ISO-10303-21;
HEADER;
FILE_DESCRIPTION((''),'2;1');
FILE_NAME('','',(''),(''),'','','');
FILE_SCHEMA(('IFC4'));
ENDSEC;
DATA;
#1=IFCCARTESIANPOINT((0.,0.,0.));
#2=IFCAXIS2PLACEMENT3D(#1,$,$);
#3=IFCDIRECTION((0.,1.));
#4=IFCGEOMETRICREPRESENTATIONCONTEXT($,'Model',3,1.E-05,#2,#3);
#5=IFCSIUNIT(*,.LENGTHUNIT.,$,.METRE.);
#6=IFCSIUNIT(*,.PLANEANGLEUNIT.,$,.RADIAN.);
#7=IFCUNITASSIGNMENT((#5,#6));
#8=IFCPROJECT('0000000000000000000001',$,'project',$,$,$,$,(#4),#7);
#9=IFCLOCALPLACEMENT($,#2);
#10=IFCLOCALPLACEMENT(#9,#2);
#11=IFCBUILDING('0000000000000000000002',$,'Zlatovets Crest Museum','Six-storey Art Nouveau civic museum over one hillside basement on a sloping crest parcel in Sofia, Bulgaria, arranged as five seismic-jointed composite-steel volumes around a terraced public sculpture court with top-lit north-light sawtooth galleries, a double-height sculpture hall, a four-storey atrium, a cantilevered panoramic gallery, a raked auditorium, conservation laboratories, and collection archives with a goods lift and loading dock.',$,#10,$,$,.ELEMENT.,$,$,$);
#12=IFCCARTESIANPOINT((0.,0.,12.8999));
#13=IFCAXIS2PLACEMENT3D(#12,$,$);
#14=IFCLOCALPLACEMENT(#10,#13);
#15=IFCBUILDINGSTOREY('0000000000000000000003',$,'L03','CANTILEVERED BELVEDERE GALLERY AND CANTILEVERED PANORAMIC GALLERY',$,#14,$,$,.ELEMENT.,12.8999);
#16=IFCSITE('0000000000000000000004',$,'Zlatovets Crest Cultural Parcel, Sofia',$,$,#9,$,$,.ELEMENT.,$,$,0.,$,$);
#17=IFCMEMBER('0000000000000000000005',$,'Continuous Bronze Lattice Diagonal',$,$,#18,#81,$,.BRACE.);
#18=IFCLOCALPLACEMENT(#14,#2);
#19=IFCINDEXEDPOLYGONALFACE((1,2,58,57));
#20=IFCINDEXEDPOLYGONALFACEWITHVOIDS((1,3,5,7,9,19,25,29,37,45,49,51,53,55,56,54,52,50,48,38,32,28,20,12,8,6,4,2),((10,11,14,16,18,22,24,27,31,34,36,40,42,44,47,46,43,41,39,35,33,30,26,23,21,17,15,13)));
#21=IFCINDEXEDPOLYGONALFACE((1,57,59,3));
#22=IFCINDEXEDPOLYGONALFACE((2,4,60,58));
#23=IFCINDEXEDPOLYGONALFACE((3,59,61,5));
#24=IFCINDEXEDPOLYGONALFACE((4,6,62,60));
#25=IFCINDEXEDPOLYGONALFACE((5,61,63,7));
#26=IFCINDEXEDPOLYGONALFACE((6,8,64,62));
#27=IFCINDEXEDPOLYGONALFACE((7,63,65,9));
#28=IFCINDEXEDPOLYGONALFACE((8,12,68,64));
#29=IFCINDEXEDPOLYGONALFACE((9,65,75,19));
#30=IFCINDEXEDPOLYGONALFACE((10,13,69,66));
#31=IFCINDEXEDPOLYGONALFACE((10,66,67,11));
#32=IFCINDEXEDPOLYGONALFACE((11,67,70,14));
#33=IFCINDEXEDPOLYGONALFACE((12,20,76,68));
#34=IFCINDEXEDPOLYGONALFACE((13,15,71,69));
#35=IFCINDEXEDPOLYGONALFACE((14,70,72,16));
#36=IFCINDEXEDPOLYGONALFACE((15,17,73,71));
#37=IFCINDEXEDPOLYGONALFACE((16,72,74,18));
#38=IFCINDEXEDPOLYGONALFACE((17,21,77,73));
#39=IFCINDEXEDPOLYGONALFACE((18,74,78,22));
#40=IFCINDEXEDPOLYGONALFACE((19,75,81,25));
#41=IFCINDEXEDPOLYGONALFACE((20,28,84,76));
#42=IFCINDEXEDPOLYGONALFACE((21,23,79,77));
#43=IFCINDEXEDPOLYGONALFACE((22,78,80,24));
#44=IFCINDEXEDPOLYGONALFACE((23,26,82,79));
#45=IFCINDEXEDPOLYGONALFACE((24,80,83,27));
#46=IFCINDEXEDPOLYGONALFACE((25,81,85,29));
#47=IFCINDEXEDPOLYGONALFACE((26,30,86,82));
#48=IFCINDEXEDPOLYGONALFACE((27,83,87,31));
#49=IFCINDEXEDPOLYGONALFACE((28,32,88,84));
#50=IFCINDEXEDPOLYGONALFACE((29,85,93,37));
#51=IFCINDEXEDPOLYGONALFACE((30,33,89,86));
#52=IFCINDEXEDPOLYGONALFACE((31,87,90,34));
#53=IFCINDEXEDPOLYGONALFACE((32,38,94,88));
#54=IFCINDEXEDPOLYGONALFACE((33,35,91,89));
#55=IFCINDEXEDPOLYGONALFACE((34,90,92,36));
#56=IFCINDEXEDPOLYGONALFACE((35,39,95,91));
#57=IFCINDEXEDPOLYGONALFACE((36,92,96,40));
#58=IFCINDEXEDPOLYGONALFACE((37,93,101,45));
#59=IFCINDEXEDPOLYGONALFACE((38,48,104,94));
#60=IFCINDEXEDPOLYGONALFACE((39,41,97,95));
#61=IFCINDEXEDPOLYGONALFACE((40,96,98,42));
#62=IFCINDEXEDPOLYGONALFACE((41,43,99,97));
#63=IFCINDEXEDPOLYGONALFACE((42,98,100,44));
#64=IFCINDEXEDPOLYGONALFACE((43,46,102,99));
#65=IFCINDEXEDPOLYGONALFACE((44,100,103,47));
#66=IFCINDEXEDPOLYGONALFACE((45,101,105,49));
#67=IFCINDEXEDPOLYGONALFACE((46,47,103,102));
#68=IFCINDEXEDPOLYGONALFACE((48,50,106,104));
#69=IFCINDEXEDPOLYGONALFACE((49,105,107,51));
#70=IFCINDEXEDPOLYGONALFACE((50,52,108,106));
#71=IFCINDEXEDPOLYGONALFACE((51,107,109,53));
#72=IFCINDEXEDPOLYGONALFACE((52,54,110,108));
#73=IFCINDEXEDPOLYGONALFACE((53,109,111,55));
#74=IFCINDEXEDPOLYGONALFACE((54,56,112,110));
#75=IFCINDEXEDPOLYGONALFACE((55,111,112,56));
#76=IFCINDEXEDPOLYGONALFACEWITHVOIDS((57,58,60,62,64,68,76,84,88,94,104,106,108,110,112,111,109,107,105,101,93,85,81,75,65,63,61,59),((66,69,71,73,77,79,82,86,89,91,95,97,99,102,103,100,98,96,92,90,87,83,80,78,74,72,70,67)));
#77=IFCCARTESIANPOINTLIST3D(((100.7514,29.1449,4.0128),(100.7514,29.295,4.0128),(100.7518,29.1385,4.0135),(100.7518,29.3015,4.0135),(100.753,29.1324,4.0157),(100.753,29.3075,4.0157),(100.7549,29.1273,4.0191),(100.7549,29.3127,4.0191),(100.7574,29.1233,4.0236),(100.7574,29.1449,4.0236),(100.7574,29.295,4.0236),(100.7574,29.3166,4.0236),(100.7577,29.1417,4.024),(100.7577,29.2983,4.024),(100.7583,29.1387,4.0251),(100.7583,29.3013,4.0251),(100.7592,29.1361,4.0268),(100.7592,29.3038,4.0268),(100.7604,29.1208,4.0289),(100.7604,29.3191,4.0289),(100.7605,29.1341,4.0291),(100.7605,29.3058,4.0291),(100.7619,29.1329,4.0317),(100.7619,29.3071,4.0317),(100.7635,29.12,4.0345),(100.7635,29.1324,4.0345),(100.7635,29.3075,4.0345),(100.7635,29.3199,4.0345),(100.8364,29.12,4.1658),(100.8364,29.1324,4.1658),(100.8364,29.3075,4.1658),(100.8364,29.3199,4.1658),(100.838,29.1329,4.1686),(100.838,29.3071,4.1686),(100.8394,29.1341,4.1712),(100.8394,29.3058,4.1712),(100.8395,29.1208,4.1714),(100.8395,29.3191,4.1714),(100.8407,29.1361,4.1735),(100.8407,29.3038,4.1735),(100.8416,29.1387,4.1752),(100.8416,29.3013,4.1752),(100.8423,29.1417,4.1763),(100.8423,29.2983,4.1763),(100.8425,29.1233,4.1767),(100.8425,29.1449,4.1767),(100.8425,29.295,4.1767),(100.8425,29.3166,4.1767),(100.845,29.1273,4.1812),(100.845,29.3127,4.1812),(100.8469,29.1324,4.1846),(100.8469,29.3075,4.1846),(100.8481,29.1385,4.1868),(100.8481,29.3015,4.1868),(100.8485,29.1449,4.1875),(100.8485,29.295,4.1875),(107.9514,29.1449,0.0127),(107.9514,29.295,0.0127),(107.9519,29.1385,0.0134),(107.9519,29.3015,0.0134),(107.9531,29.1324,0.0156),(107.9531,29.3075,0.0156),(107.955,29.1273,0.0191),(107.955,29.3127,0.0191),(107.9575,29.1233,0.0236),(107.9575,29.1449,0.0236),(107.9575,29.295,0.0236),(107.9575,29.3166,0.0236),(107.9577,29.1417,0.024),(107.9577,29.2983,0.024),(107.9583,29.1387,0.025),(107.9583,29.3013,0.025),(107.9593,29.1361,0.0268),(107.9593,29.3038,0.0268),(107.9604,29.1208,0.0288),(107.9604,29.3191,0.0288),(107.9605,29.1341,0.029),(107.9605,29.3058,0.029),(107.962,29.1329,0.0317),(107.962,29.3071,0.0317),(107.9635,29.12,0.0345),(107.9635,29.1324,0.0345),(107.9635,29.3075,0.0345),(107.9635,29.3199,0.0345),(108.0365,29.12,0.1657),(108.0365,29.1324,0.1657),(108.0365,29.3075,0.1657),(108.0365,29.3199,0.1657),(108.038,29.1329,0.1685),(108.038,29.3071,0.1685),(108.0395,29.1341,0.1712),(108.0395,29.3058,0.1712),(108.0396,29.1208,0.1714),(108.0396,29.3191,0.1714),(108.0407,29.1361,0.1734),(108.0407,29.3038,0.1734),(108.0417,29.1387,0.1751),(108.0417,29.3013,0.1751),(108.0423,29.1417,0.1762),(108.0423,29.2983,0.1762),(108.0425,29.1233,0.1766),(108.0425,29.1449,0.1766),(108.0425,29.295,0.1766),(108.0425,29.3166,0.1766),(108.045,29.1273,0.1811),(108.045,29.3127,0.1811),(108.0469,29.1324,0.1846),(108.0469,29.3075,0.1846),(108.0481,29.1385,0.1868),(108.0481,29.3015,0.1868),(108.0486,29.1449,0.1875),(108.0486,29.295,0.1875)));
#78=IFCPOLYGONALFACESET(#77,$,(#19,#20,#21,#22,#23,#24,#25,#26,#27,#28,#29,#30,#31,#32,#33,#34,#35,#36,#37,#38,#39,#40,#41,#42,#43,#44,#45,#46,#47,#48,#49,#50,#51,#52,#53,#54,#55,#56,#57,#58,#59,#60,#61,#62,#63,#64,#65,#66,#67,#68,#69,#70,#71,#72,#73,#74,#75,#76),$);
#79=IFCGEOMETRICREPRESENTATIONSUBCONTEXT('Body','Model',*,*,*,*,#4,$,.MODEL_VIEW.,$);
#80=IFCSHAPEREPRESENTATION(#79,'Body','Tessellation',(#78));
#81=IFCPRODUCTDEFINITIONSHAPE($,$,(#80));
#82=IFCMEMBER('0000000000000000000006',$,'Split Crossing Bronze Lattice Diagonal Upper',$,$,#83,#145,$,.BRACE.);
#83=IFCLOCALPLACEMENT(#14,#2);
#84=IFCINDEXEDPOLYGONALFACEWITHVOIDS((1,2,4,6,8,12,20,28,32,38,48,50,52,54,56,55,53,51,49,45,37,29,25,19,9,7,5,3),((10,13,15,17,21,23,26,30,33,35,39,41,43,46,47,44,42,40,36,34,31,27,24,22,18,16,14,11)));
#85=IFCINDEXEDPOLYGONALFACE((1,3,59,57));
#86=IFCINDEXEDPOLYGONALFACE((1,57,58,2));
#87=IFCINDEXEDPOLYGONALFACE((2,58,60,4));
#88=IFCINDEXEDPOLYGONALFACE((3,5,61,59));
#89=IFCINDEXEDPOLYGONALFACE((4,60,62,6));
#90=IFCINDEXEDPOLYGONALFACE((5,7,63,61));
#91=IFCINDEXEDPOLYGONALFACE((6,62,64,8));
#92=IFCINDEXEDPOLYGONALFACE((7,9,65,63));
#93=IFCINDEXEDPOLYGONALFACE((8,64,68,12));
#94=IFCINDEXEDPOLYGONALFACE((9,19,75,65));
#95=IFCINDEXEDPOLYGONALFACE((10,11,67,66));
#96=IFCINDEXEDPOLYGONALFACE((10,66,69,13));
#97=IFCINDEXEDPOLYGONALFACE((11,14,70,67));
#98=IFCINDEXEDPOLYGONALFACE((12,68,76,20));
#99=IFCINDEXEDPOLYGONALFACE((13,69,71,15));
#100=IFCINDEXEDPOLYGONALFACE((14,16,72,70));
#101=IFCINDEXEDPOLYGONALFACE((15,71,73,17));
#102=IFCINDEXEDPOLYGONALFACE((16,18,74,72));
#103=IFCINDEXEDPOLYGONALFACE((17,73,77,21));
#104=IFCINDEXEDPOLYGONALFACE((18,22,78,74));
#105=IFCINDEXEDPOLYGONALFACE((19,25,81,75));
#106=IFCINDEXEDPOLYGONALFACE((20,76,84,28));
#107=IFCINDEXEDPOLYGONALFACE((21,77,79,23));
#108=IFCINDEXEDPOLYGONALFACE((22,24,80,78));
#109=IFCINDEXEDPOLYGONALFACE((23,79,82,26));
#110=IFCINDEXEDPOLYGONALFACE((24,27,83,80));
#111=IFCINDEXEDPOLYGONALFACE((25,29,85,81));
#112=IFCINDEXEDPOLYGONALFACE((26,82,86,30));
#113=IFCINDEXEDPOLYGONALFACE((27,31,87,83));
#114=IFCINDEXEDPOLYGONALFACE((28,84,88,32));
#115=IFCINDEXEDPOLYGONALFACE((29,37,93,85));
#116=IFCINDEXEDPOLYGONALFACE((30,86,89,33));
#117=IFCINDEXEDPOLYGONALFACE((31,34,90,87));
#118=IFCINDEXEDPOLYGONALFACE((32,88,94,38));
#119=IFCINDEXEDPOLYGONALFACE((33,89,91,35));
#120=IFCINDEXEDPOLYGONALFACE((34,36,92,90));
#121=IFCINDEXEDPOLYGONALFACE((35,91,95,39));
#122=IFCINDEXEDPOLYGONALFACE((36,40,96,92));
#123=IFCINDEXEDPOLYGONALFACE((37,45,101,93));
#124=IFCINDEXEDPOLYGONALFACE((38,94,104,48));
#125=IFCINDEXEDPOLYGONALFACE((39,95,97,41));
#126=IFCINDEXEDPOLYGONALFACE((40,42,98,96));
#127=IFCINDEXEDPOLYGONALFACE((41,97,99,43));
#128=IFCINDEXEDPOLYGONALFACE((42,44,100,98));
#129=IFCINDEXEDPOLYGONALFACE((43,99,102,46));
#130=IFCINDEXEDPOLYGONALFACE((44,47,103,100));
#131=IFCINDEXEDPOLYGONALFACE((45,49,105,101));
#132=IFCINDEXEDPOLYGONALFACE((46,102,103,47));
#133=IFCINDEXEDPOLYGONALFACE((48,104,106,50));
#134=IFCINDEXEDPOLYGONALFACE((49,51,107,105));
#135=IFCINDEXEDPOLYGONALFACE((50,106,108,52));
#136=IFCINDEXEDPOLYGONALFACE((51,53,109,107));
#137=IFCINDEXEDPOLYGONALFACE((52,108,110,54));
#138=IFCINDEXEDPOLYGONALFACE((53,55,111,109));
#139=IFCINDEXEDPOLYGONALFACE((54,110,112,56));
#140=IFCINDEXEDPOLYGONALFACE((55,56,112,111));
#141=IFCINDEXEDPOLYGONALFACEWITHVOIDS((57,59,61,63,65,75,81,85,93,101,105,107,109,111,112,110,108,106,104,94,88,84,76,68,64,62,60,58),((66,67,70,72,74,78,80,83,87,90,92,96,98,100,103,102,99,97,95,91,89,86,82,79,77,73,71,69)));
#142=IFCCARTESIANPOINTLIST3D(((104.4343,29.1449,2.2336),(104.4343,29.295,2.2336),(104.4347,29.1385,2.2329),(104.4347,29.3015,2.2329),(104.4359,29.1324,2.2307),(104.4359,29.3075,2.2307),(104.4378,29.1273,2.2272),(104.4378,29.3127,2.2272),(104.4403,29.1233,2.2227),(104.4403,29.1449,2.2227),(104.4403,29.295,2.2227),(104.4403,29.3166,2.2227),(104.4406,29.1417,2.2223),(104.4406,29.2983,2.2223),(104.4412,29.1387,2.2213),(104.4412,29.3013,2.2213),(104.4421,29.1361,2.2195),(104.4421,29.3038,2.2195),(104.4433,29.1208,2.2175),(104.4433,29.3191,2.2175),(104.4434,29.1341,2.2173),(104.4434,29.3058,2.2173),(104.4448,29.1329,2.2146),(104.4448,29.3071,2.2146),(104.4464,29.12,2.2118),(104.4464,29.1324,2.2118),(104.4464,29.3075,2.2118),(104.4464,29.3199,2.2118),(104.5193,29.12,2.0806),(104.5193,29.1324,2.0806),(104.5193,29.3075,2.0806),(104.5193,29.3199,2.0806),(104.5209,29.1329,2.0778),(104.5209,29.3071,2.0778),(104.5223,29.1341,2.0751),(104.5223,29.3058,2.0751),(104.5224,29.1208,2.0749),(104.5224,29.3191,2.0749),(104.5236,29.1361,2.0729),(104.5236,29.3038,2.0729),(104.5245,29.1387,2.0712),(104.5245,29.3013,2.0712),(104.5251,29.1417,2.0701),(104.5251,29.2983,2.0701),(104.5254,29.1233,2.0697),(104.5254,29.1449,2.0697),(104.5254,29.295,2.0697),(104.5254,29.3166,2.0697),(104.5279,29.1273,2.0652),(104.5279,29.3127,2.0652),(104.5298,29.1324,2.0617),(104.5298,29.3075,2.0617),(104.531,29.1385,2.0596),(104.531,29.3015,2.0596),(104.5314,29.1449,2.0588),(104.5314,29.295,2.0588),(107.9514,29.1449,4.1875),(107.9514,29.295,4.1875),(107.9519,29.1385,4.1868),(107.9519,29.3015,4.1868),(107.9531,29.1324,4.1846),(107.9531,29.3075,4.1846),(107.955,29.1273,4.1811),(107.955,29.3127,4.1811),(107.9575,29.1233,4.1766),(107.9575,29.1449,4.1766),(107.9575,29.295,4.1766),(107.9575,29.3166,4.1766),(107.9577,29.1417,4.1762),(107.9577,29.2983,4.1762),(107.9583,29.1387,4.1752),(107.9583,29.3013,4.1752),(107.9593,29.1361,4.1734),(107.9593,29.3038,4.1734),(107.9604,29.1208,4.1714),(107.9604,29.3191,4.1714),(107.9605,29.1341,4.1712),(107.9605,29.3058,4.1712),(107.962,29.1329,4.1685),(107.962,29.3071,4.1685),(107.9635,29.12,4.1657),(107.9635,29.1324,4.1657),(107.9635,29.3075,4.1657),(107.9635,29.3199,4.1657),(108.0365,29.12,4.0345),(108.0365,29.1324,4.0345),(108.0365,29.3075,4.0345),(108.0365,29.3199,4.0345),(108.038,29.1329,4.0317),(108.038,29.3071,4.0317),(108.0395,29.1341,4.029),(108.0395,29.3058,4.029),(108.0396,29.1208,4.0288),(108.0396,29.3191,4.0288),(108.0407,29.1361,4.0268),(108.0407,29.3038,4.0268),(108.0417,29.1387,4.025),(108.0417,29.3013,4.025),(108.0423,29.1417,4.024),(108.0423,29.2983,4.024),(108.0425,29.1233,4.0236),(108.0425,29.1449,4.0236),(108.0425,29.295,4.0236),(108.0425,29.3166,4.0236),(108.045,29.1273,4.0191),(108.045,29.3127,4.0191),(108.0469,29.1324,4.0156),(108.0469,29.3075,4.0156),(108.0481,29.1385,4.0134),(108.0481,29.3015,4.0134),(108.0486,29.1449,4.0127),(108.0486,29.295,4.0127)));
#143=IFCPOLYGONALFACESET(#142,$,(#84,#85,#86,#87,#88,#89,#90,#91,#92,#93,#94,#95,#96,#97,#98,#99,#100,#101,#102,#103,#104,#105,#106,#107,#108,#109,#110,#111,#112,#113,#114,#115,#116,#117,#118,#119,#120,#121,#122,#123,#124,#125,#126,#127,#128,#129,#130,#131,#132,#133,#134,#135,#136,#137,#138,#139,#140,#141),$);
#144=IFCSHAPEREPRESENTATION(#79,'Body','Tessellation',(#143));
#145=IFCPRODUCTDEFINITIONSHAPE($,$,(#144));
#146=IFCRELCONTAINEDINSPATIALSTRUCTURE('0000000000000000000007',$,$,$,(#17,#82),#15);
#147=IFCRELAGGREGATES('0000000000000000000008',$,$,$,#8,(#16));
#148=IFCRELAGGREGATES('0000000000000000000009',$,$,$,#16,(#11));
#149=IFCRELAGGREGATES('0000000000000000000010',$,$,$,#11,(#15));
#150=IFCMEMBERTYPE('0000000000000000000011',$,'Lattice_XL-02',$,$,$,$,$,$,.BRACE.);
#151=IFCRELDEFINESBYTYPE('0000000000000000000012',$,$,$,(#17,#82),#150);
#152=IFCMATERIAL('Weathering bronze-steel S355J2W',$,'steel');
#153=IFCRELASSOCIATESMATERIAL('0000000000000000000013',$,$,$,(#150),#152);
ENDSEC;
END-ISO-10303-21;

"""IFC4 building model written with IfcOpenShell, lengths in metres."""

from ifc_helpers import new_model, si_unit, direction, frame, origin, origin_2d, place, context, subcontext, project, spatial, hollow_rectangle, extrude, material, material_profile, profile_set, type_object, element, save


model = new_model("IFC4")

# Units and contexts
model_context = context("Model", 3, precision=1e-05, world=origin(), true_north=direction((0.0, 1.0)))
body_context = subcontext(model_context, "Body", "Model", "MODEL_VIEW")
ifc_project = project(units=[si_unit("LENGTHUNIT", "METRE"), si_unit("PLANEANGLEUNIT", "RADIAN")], contexts=[model_context])

# Site, building, storey
site_placement = place(None, origin())
site = spatial("IfcSite", under=ifc_project, at=site_placement, Name="Zlatovets Crest Cultural Parcel, Sofia", CompositionType="ELEMENT", RefElevation=0.0)
building_placement = place(site_placement, origin())
building = spatial("IfcBuilding", under=site, at=building_placement, Name="Zlatovets Crest Museum", Description="Six-storey Art Nouveau civic museum over one hillside basement on a sloping crest parcel in Sofia, Bulgaria, arranged as five seismic-jointed composite-steel volumes around a terraced public sculpture court with top-lit north-light sawtooth galleries, a double-height sculpture hall, a four-storey atrium, a cantilevered panoramic gallery, a raked auditorium, conservation laboratories, and collection archives with a goods lift and loading dock.", CompositionType="ELEMENT")
storey_placement = place(building_placement, frame((0.0, 0.0, 12.8999)))
storey = spatial("IfcBuildingStorey", under=building, at=storey_placement, Name="L03", Description="CANTILEVERED BELVEDERE GALLERY AND CANTILEVERED PANORAMIC GALLERY", CompositionType="ELEMENT", Elevation=12.8999)

# Members
ifc_material_1 = material(Name="Weathering bronze-steel S355J2W", Category="steel")
ifc_material_profile_1 = material_profile(ifc_material_1, hollow_rectangle(XDim=0.2, YDim=0.2, WallThickness=0.0125, InnerFilletRadius=0.0125, OuterFilletRadius=0.0249, at=origin_2d()), Name="SHS 200x200x12.5")
ifc_profile_set_1 = profile_set([ifc_material_profile_1], Name="Weathering bronze-steel S355J2W")
member_type_1 = type_object("IfcMemberType", Name="Lattice_XL-02", PredefinedType="BRACE", material=ifc_profile_set_1)
member_1_placement = place(storey_placement, frame((108.0, 29.22, 0.1001), z_axis=(-0.874156, 0.0, 0.485645), x_axis=(0.0, -1.0, 0.0)))
element("IfcMember", 1, at=member_1_placement, inside=storey, type_object=member_type_1, Name="Continuous Bronze Lattice Diagonal", PredefinedType="BRACE", context=body_context, shape_type="SweptSolid", body=[
    extrude(hollow_rectangle(XDim=0.2, YDim=0.2, WallThickness=0.0125, InnerFilletRadius=0.0125, OuterFilletRadius=0.0249, at=origin_2d()), origin(), (0.0, 0.0, 1.0), 8.2366),
])
member_2_placement = place(storey_placement, frame((108.0, 29.22, 4.1001), z_axis=(-0.874166, 0.0, -0.485627), x_axis=(0.0, -1.0, 0.0)))
element("IfcMember", 2, at=member_2_placement, inside=storey, type_object=member_type_1, Name="Split Crossing Bronze Lattice Diagonal Upper", PredefinedType="BRACE", context=body_context, shape_type="SweptSolid", body=[
    extrude(hollow_rectangle(XDim=0.2, YDim=0.2, WallThickness=0.0125, InnerFilletRadius=0.0125, OuterFilletRadius=0.0249, at=origin_2d()), origin(), (0.0, 0.0, 1.0), 4.0234),
])

save(model, "model.ifc")
